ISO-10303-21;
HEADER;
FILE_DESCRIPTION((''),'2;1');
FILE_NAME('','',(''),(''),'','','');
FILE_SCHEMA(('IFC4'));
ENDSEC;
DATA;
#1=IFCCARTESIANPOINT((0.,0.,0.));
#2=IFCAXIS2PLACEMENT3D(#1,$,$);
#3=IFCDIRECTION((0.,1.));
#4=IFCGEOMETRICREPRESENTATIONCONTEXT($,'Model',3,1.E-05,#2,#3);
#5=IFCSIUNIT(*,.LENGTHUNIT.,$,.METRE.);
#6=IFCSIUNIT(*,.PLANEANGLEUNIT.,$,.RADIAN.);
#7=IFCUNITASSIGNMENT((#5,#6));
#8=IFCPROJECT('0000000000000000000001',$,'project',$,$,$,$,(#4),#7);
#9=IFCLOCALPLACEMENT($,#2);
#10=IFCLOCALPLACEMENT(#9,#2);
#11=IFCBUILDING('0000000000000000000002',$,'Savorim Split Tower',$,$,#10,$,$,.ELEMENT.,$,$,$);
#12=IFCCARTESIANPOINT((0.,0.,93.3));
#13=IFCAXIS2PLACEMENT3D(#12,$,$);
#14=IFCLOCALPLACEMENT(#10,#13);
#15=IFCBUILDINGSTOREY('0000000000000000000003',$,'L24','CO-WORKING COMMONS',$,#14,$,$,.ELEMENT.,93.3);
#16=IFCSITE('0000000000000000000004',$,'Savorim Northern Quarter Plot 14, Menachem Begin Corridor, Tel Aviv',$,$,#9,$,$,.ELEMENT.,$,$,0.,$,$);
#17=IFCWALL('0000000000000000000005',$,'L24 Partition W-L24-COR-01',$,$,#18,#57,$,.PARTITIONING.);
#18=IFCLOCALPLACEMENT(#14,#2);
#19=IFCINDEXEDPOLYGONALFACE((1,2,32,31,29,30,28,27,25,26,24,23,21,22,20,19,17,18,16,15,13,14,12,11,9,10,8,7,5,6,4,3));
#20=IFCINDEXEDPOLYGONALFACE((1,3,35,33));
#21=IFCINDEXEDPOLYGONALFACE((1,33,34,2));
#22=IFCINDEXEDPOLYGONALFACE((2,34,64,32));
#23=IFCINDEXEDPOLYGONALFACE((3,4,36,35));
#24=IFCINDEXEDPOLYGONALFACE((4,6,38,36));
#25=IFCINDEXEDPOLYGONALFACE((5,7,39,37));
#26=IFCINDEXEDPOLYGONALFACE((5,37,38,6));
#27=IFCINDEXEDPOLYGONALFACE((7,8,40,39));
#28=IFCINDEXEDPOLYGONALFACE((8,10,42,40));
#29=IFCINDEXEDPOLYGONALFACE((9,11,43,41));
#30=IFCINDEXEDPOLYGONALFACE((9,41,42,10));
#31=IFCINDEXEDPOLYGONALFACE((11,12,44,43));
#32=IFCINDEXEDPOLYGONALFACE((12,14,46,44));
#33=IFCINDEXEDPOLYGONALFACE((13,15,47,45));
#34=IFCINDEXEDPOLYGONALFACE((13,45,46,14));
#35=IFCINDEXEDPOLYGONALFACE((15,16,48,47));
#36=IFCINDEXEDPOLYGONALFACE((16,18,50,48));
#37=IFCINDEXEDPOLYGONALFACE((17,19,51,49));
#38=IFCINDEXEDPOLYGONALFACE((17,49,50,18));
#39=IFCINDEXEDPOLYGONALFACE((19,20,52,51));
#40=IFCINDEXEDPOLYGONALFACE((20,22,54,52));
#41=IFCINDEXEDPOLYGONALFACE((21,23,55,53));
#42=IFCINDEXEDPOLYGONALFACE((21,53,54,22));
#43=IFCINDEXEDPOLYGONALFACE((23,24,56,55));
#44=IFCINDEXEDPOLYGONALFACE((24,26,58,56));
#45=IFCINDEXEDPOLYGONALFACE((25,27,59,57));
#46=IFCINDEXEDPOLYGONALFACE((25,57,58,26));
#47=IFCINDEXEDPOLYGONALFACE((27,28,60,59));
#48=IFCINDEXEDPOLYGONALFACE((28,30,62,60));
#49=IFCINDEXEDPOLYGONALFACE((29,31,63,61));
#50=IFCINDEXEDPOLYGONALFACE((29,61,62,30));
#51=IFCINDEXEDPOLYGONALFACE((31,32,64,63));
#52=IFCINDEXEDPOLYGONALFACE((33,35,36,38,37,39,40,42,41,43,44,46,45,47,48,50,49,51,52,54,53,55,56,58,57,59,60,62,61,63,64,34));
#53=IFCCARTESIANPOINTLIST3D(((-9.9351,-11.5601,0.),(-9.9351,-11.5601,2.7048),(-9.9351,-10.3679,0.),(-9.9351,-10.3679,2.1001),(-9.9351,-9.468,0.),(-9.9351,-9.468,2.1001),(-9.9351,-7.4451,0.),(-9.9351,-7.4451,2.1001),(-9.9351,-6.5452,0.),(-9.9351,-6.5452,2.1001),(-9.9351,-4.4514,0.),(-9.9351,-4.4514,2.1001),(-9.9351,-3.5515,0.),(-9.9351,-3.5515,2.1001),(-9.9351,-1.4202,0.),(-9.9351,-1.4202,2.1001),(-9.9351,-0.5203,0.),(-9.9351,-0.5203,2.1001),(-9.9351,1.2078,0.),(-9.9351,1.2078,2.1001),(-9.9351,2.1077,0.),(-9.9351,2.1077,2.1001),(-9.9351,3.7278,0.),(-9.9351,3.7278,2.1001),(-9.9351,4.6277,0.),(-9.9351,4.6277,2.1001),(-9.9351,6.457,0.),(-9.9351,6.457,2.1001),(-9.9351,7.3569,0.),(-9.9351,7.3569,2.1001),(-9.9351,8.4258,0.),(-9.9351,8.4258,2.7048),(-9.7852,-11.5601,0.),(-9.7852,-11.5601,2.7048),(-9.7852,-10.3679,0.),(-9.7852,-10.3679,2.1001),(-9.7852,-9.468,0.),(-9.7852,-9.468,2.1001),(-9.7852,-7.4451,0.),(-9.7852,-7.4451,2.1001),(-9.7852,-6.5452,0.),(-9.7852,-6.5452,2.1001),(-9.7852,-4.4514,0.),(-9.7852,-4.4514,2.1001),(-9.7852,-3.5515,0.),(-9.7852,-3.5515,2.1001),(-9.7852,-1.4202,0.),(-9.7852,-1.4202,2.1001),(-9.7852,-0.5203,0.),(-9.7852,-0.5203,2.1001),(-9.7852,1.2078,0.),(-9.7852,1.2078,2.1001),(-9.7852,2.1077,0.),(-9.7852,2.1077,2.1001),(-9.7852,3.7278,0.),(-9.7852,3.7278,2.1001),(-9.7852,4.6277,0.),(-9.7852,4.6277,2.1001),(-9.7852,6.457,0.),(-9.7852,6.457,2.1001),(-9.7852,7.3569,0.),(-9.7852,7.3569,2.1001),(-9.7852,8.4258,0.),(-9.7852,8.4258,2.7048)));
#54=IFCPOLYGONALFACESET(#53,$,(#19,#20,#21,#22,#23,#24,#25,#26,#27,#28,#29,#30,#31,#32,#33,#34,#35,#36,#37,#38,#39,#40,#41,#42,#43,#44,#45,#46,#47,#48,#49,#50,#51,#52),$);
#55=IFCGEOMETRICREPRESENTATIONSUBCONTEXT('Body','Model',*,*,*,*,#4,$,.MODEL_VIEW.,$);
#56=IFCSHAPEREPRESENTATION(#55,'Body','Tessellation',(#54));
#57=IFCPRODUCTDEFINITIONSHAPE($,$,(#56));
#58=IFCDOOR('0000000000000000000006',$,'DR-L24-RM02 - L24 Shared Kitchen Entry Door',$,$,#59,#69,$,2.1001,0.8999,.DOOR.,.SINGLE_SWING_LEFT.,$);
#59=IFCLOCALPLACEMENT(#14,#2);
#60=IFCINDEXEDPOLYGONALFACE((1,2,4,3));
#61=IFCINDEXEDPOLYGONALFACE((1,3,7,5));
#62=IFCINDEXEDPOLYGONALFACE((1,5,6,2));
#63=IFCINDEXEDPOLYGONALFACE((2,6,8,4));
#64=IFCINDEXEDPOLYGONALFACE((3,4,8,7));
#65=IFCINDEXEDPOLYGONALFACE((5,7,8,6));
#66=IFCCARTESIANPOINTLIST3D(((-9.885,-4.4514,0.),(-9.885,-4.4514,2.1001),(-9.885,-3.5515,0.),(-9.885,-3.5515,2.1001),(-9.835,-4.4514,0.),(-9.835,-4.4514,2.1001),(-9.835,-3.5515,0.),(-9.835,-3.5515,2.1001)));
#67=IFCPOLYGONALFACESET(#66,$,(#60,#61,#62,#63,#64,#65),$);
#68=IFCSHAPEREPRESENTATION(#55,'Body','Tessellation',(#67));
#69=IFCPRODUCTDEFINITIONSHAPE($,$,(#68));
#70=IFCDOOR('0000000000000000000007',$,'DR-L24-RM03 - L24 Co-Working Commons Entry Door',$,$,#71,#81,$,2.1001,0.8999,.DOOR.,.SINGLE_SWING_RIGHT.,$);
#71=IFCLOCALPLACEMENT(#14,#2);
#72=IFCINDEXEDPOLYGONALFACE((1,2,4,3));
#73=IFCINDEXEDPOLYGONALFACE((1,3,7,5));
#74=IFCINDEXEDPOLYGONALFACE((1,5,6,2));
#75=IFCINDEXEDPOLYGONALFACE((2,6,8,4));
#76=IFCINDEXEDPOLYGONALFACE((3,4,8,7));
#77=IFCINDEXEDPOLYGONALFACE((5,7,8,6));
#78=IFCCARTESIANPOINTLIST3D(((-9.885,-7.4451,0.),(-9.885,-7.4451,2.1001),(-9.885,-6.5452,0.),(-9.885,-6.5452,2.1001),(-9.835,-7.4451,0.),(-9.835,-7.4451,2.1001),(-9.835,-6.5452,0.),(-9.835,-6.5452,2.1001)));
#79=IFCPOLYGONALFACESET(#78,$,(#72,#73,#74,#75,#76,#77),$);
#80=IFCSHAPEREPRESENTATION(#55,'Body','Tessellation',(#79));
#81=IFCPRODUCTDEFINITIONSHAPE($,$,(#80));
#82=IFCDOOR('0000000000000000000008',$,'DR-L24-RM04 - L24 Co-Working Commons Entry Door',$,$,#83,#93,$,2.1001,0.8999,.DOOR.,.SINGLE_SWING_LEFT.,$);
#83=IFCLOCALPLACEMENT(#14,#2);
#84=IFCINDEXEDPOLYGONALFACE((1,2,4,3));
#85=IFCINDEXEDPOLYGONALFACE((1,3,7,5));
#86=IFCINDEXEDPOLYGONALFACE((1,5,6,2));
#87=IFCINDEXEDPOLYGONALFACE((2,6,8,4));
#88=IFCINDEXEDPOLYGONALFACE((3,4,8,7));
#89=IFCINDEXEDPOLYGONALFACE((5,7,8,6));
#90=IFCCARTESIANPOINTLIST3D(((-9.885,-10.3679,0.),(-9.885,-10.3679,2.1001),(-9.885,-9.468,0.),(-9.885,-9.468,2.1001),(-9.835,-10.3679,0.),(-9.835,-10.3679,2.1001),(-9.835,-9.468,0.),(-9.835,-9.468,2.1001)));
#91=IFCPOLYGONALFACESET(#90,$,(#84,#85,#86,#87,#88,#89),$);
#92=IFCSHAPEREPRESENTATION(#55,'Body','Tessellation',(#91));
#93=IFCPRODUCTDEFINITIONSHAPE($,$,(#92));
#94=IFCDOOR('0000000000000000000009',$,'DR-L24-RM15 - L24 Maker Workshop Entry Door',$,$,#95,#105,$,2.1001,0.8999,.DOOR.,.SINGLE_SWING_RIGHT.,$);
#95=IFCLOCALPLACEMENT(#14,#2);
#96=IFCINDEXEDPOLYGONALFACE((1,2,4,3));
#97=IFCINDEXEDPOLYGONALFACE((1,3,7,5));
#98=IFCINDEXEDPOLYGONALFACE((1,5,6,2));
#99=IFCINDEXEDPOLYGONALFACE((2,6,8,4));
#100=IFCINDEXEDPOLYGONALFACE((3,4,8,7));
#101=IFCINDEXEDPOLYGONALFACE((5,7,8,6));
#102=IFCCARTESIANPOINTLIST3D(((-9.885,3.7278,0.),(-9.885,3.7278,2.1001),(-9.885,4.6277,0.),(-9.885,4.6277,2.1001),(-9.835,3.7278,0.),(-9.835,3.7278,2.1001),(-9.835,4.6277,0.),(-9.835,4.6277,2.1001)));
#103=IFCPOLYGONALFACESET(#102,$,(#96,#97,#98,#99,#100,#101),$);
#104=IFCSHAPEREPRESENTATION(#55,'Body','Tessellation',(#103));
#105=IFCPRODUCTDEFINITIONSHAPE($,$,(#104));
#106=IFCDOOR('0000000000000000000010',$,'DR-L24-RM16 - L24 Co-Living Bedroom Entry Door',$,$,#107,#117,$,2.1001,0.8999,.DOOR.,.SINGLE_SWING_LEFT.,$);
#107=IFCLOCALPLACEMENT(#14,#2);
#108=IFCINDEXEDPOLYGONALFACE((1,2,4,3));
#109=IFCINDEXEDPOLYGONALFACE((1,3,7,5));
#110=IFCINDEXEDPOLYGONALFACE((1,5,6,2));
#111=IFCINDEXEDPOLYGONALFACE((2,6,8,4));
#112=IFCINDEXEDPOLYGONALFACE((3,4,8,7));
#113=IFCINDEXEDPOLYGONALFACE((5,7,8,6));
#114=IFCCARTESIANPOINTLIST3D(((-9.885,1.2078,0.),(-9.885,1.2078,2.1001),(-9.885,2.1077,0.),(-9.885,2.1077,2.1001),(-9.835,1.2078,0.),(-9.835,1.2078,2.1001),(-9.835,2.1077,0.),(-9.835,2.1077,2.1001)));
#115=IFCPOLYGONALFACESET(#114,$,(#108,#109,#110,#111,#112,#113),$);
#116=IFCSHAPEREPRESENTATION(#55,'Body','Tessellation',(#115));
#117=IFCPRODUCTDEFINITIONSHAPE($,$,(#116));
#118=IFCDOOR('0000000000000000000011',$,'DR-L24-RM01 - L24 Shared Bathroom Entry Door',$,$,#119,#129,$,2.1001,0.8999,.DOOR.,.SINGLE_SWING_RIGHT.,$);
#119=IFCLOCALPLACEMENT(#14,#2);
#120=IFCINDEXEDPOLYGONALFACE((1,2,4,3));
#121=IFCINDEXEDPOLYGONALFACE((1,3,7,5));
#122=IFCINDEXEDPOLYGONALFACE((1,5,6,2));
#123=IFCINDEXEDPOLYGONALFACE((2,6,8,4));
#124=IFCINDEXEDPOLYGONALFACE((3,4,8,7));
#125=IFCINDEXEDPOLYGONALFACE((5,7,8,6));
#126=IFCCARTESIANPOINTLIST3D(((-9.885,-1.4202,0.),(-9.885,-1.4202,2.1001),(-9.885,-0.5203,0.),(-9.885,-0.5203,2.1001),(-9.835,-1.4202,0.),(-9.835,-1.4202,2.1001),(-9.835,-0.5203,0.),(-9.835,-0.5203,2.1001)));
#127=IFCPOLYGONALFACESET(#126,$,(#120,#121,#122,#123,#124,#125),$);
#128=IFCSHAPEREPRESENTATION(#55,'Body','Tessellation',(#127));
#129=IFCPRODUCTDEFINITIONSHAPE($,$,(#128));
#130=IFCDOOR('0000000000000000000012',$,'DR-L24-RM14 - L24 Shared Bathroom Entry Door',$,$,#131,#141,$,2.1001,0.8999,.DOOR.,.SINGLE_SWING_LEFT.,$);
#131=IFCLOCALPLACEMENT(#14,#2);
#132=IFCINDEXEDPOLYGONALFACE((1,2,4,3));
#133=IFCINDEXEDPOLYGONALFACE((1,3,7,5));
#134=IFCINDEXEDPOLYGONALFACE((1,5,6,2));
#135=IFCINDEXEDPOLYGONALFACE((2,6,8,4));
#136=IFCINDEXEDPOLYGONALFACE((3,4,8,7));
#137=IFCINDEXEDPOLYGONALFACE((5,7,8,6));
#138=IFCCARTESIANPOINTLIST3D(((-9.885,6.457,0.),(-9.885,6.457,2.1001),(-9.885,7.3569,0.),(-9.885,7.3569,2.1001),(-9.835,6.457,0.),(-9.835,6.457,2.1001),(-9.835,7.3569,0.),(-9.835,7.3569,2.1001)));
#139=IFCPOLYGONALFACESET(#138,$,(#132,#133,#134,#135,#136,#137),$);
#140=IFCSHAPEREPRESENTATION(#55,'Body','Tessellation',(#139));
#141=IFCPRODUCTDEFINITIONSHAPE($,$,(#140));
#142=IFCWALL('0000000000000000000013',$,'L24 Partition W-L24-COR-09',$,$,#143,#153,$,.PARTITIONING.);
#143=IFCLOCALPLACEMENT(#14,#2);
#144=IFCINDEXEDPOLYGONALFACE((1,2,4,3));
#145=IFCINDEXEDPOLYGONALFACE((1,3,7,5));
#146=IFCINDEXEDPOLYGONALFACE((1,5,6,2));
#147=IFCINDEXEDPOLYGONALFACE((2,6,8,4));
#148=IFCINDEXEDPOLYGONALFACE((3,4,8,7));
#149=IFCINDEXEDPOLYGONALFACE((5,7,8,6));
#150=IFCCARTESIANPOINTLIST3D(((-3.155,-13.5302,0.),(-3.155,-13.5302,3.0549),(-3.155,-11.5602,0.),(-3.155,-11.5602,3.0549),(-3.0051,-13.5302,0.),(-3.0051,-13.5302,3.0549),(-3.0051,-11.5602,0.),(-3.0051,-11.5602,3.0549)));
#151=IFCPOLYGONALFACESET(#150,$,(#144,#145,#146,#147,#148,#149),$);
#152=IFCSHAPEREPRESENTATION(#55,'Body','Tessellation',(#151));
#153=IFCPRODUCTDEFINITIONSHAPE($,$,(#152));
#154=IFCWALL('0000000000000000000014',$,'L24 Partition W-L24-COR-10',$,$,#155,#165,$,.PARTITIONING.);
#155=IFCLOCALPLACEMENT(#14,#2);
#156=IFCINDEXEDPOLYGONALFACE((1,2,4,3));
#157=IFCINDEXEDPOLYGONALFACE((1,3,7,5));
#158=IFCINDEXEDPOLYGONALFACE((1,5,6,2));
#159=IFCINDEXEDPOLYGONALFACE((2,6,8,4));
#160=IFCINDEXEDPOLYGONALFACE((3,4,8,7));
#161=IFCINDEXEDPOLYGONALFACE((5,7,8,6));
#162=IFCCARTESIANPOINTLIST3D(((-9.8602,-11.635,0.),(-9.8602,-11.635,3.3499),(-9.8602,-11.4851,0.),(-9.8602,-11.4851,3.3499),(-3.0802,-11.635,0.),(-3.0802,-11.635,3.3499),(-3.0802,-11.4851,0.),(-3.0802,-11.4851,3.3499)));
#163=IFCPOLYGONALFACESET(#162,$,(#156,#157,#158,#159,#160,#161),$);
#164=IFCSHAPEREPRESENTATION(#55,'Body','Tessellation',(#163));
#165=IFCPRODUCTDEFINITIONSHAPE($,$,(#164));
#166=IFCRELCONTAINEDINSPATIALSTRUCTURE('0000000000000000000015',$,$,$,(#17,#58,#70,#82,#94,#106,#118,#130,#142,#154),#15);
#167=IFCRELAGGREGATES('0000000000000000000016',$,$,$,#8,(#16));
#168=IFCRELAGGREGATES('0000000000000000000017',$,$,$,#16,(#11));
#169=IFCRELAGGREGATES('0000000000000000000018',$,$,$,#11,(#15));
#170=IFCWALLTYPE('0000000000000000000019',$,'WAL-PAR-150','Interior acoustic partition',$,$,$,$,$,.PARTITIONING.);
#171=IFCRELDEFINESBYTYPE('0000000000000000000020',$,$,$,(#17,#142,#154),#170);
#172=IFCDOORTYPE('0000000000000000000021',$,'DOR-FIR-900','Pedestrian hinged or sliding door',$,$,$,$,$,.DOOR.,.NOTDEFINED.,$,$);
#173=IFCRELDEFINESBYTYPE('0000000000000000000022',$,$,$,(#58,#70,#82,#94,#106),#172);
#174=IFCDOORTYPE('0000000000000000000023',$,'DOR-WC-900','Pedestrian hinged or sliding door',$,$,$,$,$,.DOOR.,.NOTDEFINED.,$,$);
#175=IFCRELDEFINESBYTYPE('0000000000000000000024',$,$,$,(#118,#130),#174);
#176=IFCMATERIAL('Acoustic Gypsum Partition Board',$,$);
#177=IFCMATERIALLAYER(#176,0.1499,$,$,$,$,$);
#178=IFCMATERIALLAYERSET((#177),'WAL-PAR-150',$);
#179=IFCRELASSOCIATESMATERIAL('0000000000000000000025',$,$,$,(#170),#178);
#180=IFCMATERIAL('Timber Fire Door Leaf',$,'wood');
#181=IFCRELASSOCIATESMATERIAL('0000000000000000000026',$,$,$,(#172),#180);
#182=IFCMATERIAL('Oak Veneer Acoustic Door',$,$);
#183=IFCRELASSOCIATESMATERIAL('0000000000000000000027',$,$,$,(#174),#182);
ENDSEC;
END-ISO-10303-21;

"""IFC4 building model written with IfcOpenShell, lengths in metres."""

from ifc_helpers import new_model, si_unit, direction, frame, frame_2d, origin, place, context, subcontext, project, spatial, rectangle, extrude, material, layer, layer_set, type_object, element, fill, save


model = new_model("IFC4")

# Units and contexts
model_context = context("Model", 3, precision=1e-05, world=origin(), true_north=direction((0.0, 1.0)))
body_context = subcontext(model_context, "Body", "Model", "MODEL_VIEW")
ifc_project = project(units=[si_unit("LENGTHUNIT", "METRE"), si_unit("PLANEANGLEUNIT", "RADIAN")], contexts=[model_context])

# Site, building, storey
site_placement = place(None, origin())
site = spatial("IfcSite", under=ifc_project, at=site_placement, Name="Savorim Northern Quarter Plot 14, Menachem Begin Corridor, Tel Aviv", CompositionType="ELEMENT", RefElevation=0.0)
building_placement = place(site_placement, origin())
building = spatial("IfcBuilding", under=site, at=building_placement, Name="Savorim Split Tower", CompositionType="ELEMENT")
storey_placement = place(building_placement, frame((0.0, 0.0, 93.3)))
storey = spatial("IfcBuildingStorey", under=building, at=storey_placement, Name="L24", Description="CO-WORKING COMMONS", CompositionType="ELEMENT", Elevation=93.3)

# Wall, openings, doors
ifc_material_1 = material(Name="Acoustic Gypsum Partition Board")
ifc_layer_1 = layer(ifc_material_1, 0.1499)
ifc_layer_set_1 = layer_set([ifc_layer_1], Name="WAL-PAR-150")
wall_type = type_object("IfcWallType", Name="WAL-PAR-150", Description="Interior acoustic partition", PredefinedType="PARTITIONING", material=ifc_layer_set_1)
wall_1_placement = place(storey_placement, frame((-9.8601, -11.5601, 0.0), z_axis=(0.0, 0.0, 1.0), x_axis=(0.0, 1.0, 0.0)))
wall_1 = element("IfcWall", 1, at=wall_1_placement, inside=storey, type_object=wall_type, Name="L24 Partition W-L24-COR-01", PredefinedType="PARTITIONING", context=body_context, shape_type="SweptSolid", body=[
    extrude(rectangle(XDim=19.9858, YDim=0.1499, at=frame_2d((9.9929, 0.0))), origin(), (0.0, 0.0, 1.0), 2.7048),
])
opening_1_placement = place(wall_1_placement, frame((10.1399, 0.0, 0.0)))
opening_1 = element("IfcOpeningElement", 2, at=opening_1_placement, cuts=wall_1, PredefinedType="OPENING", context=body_context, shape_type="SweptSolid", body=[
    extrude(rectangle(XDim=0.8999, YDim=2.1001, at=frame_2d((0.45, 1.05))), frame((0.0, 0.085, 0.0), z_axis=(0.0, -1.0, 0.0), x_axis=(1.0, 0.0, 0.0)), (0.0, 0.0, 1.0), 0.1699),
])
opening_2_placement = place(wall_1_placement, frame((7.1086, 0.0, 0.0)))
opening_2 = element("IfcOpeningElement", 3, at=opening_2_placement, cuts=wall_1, PredefinedType="OPENING", context=body_context, shape_type="SweptSolid", body=[
    extrude(rectangle(XDim=0.8999, YDim=2.1001, at=frame_2d((0.45, 1.05))), frame((0.0, 0.085, 0.0), z_axis=(0.0, -1.0, 0.0), x_axis=(1.0, 0.0, 0.0)), (0.0, 0.0, 1.0), 0.1699),
])
opening_3_placement = place(wall_1_placement, frame((4.115, 0.0, 0.0)))
opening_3 = element("IfcOpeningElement", 4, at=opening_3_placement, cuts=wall_1, PredefinedType="OPENING", context=body_context, shape_type="SweptSolid", body=[
    extrude(rectangle(XDim=0.8999, YDim=2.1001, at=frame_2d((0.45, 1.05))), frame((0.0, 0.085, 0.0), z_axis=(0.0, -1.0, 0.0), x_axis=(1.0, 0.0, 0.0)), (0.0, 0.0, 1.0), 0.1699),
])
opening_4_placement = place(wall_1_placement, frame((1.1921, 0.0, 0.0)))
opening_4 = element("IfcOpeningElement", 5, at=opening_4_placement, cuts=wall_1, PredefinedType="OPENING", context=body_context, shape_type="SweptSolid", body=[
    extrude(rectangle(XDim=0.8999, YDim=2.1001, at=frame_2d((0.45, 1.05))), frame((0.0, 0.085, 0.0), z_axis=(0.0, -1.0, 0.0), x_axis=(1.0, 0.0, 0.0)), (0.0, 0.0, 1.0), 0.1699),
])
opening_5_placement = place(wall_1_placement, frame((18.0171, 0.0, 0.0)))
opening_5 = element("IfcOpeningElement", 6, at=opening_5_placement, cuts=wall_1, PredefinedType="OPENING", context=body_context, shape_type="SweptSolid", body=[
    extrude(rectangle(XDim=0.8999, YDim=2.1001, at=frame_2d((0.45, 1.05))), frame((0.0, 0.085, 0.0), z_axis=(0.0, -1.0, 0.0), x_axis=(1.0, 0.0, 0.0)), (0.0, 0.0, 1.0), 0.1699),
])
opening_6_placement = place(wall_1_placement, frame((15.2878, 0.0, 0.0)))
opening_6 = element("IfcOpeningElement", 7, at=opening_6_placement, cuts=wall_1, PredefinedType="OPENING", context=body_context, shape_type="SweptSolid", body=[
    extrude(rectangle(XDim=0.8999, YDim=2.1001, at=frame_2d((0.45, 1.05))), frame((0.0, 0.085, 0.0), z_axis=(0.0, -1.0, 0.0), x_axis=(1.0, 0.0, 0.0)), (0.0, 0.0, 1.0), 0.1699),
])
opening_7_placement = place(wall_1_placement, frame((12.7678, 0.0, 0.0)))
opening_7 = element("IfcOpeningElement", 8, at=opening_7_placement, cuts=wall_1, PredefinedType="OPENING", context=body_context, shape_type="SweptSolid", body=[
    extrude(rectangle(XDim=0.8999, YDim=2.1001, at=frame_2d((0.45, 1.05))), frame((0.0, 0.085, 0.0), z_axis=(0.0, -1.0, 0.0), x_axis=(1.0, 0.0, 0.0)), (0.0, 0.0, 1.0), 0.1699),
])
ifc_material_2 = material(Name="Timber Fire Door Leaf", Category="wood")
door_type_1 = type_object("IfcDoorType", Name="DOR-FIR-900", Description="Pedestrian hinged or sliding door", OperationType="NOTDEFINED", PredefinedType="DOOR", material=ifc_material_2)
door_1_placement = place(opening_2_placement, origin())
door_1 = element("IfcDoor", 9, at=door_1_placement, inside=storey, type_object=door_type_1, Name="DR-L24-RM02 - L24 Shared Kitchen Entry Door", OperationType="SINGLE_SWING_LEFT", OverallHeight=2.1001, OverallWidth=0.8999, PredefinedType="DOOR", context=body_context, shape_type="SweptSolid", body=[
    extrude(rectangle(XDim=0.8999, YDim=2.1001, at=frame_2d((0.45, 1.05))), frame((0.0, 0.0249, 0.0), z_axis=(0.0, -1.0, 0.0), x_axis=(1.0, 0.0, 0.0)), (0.0, 0.0, 1.0), 0.05),
])
fill(opening_2, door_1)
door_2_placement = place(opening_3_placement, origin())
door_2 = element("IfcDoor", 10, at=door_2_placement, inside=storey, type_object=door_type_1, Name="DR-L24-RM03 - L24 Co-Working Commons Entry Door", OperationType="SINGLE_SWING_RIGHT", OverallHeight=2.1001, OverallWidth=0.8999, PredefinedType="DOOR", context=body_context, shape_type="SweptSolid", body=[
    extrude(rectangle(XDim=0.8999, YDim=2.1001, at=frame_2d((0.45, 1.05))), frame((0.0, 0.0249, 0.0), z_axis=(0.0, -1.0, 0.0), x_axis=(1.0, 0.0, 0.0)), (0.0, 0.0, 1.0), 0.05),
])
fill(opening_3, door_2)
door_3_placement = place(opening_4_placement, origin())
door_3 = element("IfcDoor", 11, at=door_3_placement, inside=storey, type_object=door_type_1, Name="DR-L24-RM04 - L24 Co-Working Commons Entry Door", OperationType="SINGLE_SWING_LEFT", OverallHeight=2.1001, OverallWidth=0.8999, PredefinedType="DOOR", context=body_context, shape_type="SweptSolid", body=[
    extrude(rectangle(XDim=0.8999, YDim=2.1001, at=frame_2d((0.45, 1.05))), frame((0.0, 0.0249, 0.0), z_axis=(0.0, -1.0, 0.0), x_axis=(1.0, 0.0, 0.0)), (0.0, 0.0, 1.0), 0.05),
])
fill(opening_4, door_3)
door_4_placement = place(opening_6_placement, origin())
door_4 = element("IfcDoor", 12, at=door_4_placement, inside=storey, type_object=door_type_1, Name="DR-L24-RM15 - L24 Maker Workshop Entry Door", OperationType="SINGLE_SWING_RIGHT", OverallHeight=2.1001, OverallWidth=0.8999, PredefinedType="DOOR", context=body_context, shape_type="SweptSolid", body=[
    extrude(rectangle(XDim=0.8999, YDim=2.1001, at=frame_2d((0.45, 1.05))), frame((0.0, 0.0249, 0.0), z_axis=(0.0, -1.0, 0.0), x_axis=(1.0, 0.0, 0.0)), (0.0, 0.0, 1.0), 0.05),
])
fill(opening_6, door_4)
door_5_placement = place(opening_7_placement, origin())
door_5 = element("IfcDoor", 13, at=door_5_placement, inside=storey, type_object=door_type_1, Name="DR-L24-RM16 - L24 Co-Living Bedroom Entry Door", OperationType="SINGLE_SWING_LEFT", OverallHeight=2.1001, OverallWidth=0.8999, PredefinedType="DOOR", context=body_context, shape_type="SweptSolid", body=[
    extrude(rectangle(XDim=0.8999, YDim=2.1001, at=frame_2d((0.45, 1.05))), frame((0.0, 0.0249, 0.0), z_axis=(0.0, -1.0, 0.0), x_axis=(1.0, 0.0, 0.0)), (0.0, 0.0, 1.0), 0.05),
])
fill(opening_7, door_5)
ifc_material_3 = material(Name="Oak Veneer Acoustic Door")
door_type_2 = type_object("IfcDoorType", Name="DOR-WC-900", Description="Pedestrian hinged or sliding door", OperationType="NOTDEFINED", PredefinedType="DOOR", material=ifc_material_3)
door_6_placement = place(opening_1_placement, origin())
door_6 = element("IfcDoor", 14, at=door_6_placement, inside=storey, type_object=door_type_2, Name="DR-L24-RM01 - L24 Shared Bathroom Entry Door", OperationType="SINGLE_SWING_RIGHT", OverallHeight=2.1001, OverallWidth=0.8999, PredefinedType="DOOR", context=body_context, shape_type="SweptSolid", body=[
    extrude(rectangle(XDim=0.8999, YDim=2.1001, at=frame_2d((0.45, 1.05))), frame((0.0, 0.0249, 0.0), z_axis=(0.0, -1.0, 0.0), x_axis=(1.0, 0.0, 0.0)), (0.0, 0.0, 1.0), 0.05),
])
fill(opening_1, door_6)
door_7_placement = place(opening_5_placement, origin())
door_7 = element("IfcDoor", 15, at=door_7_placement, inside=storey, type_object=door_type_2, Name="DR-L24-RM14 - L24 Shared Bathroom Entry Door", OperationType="SINGLE_SWING_LEFT", OverallHeight=2.1001, OverallWidth=0.8999, PredefinedType="DOOR", context=body_context, shape_type="SweptSolid", body=[
    extrude(rectangle(XDim=0.8999, YDim=2.1001, at=frame_2d((0.45, 1.05))), frame((0.0, 0.0249, 0.0), z_axis=(0.0, -1.0, 0.0), x_axis=(1.0, 0.0, 0.0)), (0.0, 0.0, 1.0), 0.05),
])
fill(opening_5, door_7)

# Walls
wall_2_placement = place(storey_placement, frame((-3.0801, -13.53, 0.0), z_axis=(0.0, 0.0, 1.0), x_axis=(0.0, 1.0, 0.0)))
element("IfcWall", 16, at=wall_2_placement, inside=storey, type_object=wall_type, Name="L24 Partition W-L24-COR-09", PredefinedType="PARTITIONING", context=body_context, shape_type="SweptSolid", body=[
    extrude(rectangle(XDim=1.97, YDim=0.1499, at=frame_2d((0.9849, 0.0))), origin(), (0.0, 0.0, 1.0), 3.0549),
])
wall_3_placement = place(storey_placement, frame((-3.0801, -11.5601, 0.0), z_axis=(0.0, 0.0, 1.0), x_axis=(-1.0, 0.0, 0.0)))
element("IfcWall", 17, at=wall_3_placement, inside=storey, type_object=wall_type, Name="L24 Partition W-L24-COR-10", PredefinedType="PARTITIONING", context=body_context, shape_type="SweptSolid", body=[
    extrude(rectangle(XDim=6.78, YDim=0.1499, at=frame_2d((3.3901, 0.0))), origin(), (0.0, 0.0, 1.0), 3.3499),
])

save(model, "model.ifc")
